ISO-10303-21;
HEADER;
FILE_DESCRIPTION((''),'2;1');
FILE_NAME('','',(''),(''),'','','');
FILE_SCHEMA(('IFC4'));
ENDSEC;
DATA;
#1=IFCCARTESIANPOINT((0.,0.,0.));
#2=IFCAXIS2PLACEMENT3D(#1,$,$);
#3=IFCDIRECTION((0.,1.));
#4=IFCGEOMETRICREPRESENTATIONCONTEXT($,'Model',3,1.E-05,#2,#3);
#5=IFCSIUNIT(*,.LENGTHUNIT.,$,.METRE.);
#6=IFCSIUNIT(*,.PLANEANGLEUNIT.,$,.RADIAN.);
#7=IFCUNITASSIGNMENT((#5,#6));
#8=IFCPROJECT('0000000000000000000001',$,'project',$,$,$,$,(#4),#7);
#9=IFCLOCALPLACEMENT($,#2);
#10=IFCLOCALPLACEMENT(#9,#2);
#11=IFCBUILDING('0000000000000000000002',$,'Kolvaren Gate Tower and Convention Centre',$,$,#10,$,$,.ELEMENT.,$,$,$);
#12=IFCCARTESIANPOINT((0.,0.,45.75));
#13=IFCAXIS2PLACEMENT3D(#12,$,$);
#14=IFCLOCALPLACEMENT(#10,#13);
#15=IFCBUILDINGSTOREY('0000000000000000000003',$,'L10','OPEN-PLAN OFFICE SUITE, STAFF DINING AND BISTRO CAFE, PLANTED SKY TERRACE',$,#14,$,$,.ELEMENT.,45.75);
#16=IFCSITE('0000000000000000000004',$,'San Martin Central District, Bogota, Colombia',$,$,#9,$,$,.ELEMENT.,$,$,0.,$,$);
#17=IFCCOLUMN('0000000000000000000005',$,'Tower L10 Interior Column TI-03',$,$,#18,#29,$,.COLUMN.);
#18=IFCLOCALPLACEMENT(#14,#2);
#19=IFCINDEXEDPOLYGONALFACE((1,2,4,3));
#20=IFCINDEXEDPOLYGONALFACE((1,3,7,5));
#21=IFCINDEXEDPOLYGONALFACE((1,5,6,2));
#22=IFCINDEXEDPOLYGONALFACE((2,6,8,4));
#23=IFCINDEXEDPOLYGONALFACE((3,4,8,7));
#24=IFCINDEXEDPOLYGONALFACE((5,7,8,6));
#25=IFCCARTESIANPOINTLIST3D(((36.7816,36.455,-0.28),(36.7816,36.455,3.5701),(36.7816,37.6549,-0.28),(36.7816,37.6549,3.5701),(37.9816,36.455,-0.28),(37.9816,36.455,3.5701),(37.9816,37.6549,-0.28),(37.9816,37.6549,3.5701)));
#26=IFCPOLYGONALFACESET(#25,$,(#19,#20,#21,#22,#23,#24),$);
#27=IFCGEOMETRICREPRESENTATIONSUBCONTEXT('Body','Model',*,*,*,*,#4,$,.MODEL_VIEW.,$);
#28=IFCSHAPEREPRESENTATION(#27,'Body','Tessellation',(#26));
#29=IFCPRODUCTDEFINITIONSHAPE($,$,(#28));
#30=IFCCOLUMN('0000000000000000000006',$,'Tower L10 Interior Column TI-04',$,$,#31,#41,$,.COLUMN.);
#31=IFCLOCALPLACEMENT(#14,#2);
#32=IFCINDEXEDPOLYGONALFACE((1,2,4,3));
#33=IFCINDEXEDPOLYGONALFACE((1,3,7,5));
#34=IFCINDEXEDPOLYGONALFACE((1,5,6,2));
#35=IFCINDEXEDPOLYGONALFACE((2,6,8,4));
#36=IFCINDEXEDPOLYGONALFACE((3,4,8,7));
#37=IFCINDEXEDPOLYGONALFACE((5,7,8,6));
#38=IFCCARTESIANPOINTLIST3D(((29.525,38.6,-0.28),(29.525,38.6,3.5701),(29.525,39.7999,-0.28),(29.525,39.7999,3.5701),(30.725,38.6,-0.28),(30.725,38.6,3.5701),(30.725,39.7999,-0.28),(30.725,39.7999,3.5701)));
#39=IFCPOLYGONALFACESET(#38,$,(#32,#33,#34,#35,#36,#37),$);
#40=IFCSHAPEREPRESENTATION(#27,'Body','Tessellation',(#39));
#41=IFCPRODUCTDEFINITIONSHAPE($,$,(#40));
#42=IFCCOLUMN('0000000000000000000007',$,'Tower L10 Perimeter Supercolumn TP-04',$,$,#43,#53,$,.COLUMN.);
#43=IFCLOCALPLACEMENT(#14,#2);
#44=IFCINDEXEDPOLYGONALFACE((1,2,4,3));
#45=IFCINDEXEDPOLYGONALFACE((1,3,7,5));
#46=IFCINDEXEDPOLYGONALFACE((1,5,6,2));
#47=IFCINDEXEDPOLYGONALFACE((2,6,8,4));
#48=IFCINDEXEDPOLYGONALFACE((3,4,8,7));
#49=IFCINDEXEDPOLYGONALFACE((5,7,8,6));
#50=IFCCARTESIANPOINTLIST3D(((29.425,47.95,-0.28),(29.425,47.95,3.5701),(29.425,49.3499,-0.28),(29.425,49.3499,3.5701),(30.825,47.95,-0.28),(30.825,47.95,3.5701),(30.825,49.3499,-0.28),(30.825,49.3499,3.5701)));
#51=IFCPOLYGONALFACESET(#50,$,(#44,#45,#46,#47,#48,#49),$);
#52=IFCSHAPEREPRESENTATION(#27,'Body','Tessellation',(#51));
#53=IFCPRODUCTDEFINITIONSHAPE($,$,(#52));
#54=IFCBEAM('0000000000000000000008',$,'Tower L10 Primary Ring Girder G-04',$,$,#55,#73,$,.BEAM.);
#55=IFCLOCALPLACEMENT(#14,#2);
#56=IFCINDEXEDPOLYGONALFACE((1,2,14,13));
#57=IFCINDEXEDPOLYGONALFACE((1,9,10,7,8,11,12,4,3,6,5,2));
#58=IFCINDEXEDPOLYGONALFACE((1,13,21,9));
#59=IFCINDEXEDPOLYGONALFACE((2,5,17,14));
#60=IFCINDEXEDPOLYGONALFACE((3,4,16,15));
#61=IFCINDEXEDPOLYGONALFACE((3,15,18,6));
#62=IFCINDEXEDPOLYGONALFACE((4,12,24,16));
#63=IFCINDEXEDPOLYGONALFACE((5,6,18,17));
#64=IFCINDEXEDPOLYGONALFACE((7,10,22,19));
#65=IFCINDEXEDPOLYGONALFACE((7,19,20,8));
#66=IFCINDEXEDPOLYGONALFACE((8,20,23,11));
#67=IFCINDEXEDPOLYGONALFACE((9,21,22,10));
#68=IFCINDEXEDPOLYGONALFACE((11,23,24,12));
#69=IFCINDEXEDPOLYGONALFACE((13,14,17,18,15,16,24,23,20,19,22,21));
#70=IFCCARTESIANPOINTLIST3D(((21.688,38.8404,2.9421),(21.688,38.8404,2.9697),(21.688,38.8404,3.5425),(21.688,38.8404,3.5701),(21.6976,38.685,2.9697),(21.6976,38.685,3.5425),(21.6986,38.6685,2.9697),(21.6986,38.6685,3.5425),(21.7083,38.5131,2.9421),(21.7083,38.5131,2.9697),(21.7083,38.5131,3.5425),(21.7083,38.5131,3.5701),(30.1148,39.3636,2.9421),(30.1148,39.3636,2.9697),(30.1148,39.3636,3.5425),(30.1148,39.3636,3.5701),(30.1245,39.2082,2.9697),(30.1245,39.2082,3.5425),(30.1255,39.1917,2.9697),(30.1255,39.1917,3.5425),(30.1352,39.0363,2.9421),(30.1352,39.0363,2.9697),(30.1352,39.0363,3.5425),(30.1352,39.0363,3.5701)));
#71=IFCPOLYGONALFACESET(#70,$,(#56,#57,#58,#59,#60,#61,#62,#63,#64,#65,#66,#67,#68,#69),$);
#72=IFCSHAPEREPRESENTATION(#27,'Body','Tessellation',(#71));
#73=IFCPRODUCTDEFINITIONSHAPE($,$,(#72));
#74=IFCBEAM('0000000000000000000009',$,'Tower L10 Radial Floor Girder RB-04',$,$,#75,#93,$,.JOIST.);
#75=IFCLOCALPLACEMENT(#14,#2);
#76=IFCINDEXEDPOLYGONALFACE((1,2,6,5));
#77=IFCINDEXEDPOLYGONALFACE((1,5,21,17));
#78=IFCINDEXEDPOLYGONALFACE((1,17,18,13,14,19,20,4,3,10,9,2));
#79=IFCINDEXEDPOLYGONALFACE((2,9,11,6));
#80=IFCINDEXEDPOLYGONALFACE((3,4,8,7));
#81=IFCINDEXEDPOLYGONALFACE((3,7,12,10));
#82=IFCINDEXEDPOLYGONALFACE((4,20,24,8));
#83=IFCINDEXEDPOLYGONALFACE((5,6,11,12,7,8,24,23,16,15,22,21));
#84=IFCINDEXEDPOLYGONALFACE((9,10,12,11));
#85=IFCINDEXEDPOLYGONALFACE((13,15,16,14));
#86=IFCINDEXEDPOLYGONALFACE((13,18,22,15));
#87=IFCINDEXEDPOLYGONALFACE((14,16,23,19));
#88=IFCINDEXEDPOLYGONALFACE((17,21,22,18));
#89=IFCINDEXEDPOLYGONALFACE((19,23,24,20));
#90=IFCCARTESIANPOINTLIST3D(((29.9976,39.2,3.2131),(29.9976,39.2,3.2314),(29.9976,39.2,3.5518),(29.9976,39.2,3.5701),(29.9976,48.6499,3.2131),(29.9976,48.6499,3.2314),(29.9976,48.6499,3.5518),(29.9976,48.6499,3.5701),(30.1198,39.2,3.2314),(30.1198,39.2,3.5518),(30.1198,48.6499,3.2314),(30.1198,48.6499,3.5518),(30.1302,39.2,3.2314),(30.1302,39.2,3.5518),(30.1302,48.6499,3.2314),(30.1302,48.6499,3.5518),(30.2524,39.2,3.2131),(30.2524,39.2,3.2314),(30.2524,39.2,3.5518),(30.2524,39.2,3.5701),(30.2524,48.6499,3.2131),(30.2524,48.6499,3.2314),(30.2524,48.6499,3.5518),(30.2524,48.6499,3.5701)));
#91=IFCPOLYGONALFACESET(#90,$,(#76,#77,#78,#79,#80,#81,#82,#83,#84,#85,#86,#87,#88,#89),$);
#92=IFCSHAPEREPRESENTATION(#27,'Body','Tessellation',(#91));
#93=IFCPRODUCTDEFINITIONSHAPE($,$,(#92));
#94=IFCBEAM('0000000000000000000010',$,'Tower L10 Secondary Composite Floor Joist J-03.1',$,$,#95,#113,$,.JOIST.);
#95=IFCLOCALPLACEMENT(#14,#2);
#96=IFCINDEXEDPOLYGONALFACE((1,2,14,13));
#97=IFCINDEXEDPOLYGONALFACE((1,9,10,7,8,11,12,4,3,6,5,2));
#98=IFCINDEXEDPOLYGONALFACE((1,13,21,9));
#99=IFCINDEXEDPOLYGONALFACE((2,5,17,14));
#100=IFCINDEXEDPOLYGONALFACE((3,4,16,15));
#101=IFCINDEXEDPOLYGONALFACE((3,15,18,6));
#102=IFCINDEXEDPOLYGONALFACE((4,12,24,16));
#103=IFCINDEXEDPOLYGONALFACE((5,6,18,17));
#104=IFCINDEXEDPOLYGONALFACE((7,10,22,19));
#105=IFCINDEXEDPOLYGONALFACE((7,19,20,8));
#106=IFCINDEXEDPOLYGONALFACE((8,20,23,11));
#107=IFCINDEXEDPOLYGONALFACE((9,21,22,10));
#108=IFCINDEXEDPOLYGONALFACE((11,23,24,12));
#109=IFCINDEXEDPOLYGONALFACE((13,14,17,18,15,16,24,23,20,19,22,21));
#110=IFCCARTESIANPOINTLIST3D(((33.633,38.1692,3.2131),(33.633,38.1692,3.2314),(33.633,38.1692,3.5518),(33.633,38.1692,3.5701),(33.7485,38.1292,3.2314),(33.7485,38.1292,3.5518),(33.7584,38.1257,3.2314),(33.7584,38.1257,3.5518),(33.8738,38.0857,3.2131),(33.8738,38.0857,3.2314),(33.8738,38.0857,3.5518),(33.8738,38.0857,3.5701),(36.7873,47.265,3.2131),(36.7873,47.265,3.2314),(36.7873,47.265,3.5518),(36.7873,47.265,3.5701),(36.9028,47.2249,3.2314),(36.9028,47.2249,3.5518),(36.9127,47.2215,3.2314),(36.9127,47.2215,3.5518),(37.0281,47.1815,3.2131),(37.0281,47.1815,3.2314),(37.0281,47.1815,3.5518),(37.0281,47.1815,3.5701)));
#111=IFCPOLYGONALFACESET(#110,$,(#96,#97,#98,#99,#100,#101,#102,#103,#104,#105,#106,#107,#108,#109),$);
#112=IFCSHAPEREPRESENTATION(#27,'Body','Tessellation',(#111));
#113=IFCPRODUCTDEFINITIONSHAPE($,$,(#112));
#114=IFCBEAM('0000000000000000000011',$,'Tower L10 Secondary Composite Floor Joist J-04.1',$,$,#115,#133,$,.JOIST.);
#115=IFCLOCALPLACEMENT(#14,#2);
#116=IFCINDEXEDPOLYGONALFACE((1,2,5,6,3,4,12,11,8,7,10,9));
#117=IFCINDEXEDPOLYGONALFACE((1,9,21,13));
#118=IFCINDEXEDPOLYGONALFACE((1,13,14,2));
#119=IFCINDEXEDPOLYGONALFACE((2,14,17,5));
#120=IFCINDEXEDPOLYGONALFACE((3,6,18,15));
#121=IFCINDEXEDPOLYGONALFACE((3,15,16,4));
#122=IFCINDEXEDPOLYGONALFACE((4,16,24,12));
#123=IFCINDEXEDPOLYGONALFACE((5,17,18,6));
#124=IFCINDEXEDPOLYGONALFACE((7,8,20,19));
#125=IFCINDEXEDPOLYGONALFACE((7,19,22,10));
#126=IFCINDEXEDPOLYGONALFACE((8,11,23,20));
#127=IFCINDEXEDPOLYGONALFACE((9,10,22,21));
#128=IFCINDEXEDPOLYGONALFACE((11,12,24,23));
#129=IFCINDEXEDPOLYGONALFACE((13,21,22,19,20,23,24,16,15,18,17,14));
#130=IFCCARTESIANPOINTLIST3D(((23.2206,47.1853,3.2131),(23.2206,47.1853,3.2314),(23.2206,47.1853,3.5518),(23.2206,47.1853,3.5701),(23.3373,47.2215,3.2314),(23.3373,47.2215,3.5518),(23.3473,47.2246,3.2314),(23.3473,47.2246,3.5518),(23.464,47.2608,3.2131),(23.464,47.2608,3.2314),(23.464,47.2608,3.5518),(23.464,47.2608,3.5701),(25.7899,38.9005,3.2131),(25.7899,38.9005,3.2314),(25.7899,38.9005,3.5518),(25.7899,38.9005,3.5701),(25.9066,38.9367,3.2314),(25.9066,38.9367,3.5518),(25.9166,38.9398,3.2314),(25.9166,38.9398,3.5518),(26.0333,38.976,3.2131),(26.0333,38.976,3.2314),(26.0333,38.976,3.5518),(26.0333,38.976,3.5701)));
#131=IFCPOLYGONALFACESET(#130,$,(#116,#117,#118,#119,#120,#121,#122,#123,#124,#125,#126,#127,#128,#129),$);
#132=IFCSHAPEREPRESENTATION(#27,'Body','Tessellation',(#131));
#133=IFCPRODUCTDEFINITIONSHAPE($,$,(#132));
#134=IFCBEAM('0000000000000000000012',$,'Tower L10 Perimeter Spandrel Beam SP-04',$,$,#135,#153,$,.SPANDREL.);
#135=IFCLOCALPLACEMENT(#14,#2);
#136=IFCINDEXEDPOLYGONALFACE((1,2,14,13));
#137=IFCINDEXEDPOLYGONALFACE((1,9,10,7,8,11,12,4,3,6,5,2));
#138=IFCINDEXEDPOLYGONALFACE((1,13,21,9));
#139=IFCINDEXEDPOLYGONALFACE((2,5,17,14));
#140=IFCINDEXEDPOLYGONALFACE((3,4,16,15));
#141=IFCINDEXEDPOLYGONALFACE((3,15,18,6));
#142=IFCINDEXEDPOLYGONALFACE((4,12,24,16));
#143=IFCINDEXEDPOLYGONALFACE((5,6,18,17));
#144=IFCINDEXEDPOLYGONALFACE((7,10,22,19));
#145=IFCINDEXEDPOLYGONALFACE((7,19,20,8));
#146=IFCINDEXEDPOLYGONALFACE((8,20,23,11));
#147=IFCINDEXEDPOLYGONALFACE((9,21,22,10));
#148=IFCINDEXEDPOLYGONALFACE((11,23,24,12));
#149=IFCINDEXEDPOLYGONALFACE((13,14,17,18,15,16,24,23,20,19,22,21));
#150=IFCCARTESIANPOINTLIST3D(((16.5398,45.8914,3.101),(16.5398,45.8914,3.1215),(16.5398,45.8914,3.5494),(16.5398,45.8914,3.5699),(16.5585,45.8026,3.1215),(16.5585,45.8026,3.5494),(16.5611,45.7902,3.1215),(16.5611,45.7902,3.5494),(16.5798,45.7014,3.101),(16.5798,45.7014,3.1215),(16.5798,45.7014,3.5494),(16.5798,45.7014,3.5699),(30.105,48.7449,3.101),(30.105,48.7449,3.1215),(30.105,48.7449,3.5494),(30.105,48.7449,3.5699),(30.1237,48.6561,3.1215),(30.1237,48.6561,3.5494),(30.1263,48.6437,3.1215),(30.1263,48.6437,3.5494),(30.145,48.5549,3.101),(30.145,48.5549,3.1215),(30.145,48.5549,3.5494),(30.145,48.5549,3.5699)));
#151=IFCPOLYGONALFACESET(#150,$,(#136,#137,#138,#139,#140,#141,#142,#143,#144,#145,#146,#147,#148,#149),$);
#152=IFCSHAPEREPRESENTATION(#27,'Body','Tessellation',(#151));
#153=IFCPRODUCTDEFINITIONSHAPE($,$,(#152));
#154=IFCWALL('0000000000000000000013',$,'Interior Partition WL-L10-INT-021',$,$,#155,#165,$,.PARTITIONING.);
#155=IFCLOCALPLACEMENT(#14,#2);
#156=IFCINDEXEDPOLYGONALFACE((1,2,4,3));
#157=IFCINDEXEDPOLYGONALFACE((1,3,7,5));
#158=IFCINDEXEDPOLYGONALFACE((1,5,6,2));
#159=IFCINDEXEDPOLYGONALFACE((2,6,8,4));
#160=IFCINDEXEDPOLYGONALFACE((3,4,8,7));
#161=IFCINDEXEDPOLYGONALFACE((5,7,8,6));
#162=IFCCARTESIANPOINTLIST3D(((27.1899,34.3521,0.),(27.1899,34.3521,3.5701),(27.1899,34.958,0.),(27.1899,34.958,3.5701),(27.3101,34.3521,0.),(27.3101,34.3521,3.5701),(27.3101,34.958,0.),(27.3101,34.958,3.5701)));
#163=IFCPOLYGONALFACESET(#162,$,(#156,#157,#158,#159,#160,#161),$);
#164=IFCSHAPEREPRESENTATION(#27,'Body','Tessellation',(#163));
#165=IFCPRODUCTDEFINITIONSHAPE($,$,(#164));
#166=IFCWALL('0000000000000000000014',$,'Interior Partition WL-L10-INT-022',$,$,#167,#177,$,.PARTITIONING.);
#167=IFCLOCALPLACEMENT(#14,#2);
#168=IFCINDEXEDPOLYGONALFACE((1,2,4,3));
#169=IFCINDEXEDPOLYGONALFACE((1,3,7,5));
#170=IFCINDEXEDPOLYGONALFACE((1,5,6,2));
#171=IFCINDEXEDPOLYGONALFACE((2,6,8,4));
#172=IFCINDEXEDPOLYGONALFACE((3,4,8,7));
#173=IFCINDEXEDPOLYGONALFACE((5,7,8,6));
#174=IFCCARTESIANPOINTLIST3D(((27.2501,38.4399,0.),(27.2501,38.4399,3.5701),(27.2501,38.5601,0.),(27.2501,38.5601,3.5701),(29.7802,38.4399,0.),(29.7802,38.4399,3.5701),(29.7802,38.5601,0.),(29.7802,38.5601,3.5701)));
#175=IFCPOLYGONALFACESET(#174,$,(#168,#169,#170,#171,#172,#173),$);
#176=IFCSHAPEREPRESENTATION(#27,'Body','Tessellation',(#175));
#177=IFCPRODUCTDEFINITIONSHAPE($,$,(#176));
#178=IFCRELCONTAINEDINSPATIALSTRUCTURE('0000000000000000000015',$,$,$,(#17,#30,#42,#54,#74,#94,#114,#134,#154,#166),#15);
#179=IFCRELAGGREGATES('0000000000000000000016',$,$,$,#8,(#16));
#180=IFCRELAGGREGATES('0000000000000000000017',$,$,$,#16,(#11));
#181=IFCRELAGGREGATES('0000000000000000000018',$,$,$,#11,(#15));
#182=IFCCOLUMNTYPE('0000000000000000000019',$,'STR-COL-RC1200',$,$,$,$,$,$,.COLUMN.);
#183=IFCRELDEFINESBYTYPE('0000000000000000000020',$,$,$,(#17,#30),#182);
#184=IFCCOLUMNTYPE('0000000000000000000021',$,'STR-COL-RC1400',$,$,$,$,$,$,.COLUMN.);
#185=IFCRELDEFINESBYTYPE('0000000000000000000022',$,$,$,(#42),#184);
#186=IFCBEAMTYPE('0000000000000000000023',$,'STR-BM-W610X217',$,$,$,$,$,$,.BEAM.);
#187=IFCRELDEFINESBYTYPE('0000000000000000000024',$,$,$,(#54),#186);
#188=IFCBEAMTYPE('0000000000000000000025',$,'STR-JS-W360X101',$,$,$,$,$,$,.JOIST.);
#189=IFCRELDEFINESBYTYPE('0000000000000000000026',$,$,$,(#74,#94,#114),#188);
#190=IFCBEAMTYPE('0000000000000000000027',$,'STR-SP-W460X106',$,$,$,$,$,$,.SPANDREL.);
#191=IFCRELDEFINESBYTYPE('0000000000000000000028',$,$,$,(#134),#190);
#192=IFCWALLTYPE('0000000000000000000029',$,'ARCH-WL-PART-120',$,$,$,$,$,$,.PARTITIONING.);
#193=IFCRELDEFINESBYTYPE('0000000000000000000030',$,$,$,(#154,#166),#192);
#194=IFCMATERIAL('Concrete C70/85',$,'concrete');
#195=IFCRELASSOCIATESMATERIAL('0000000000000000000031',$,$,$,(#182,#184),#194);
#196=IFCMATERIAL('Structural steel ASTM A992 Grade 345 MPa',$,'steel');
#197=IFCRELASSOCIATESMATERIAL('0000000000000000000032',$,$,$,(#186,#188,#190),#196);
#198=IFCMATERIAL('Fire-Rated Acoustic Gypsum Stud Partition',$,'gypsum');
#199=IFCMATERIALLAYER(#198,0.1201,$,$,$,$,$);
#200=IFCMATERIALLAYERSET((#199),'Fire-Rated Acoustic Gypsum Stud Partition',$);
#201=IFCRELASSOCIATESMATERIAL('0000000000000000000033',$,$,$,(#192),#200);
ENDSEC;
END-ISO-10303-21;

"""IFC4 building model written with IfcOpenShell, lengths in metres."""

from ifc_helpers import new_model, si_unit, direction, frame, frame_2d, origin, origin_2d, place, context, subcontext, project, spatial, rectangle, i_section, extrude, material, layer, layer_set, material_profile, profile_set, type_object, element, save


model = new_model("IFC4")

# Units and contexts
model_context = context("Model", 3, precision=1e-05, world=origin(), true_north=direction((0.0, 1.0)))
body_context = subcontext(model_context, "Body", "Model", "MODEL_VIEW")
ifc_project = project(units=[si_unit("LENGTHUNIT", "METRE"), si_unit("PLANEANGLEUNIT", "RADIAN")], contexts=[model_context])

# Site, building, storey
site_placement = place(None, origin())
site = spatial("IfcSite", under=ifc_project, at=site_placement, Name="San Martin Central District, Bogota, Colombia", CompositionType="ELEMENT", RefElevation=0.0)
building_placement = place(site_placement, origin())
building = spatial("IfcBuilding", under=site, at=building_placement, Name="Kolvaren Gate Tower and Convention Centre", CompositionType="ELEMENT")
storey_placement = place(building_placement, frame((0.0, 0.0, 45.75)))
storey = spatial("IfcBuildingStorey", under=building, at=storey_placement, Name="L10", Description="OPEN-PLAN OFFICE SUITE, STAFF DINING AND BISTRO CAFE, PLANTED SKY TERRACE", CompositionType="ELEMENT", Elevation=45.75)

# Columns
ifc_material_1 = material(Name="Concrete C70/85", Category="concrete")
ifc_material_profile_1 = material_profile(ifc_material_1, rectangle(XDim=1.2, YDim=1.2, at=origin_2d()), Name="RC-COL-1200X1200")
ifc_profile_set_1 = profile_set([ifc_material_profile_1], Name="Concrete C70/85")
column_type_1 = type_object("IfcColumnType", Name="STR-COL-RC1200", PredefinedType="COLUMN", material=ifc_profile_set_1)
for number, where, z_axis, x_axis, name in (
    (1, (37.3816, 37.0549, -0.28), (0.0, 0.0, 1.0), (1.0, 0.0, 0.0), "Tower L10 Interior Column TI-03"),
    (2, (30.125, 39.2, -0.28), (0.0, 0.0, 1.0), (1.0, 0.0, 0.0), "Tower L10 Interior Column TI-04"),
):
    element("IfcColumn", number, at=place(storey_placement, frame(where, z_axis=z_axis, x_axis=x_axis)), inside=storey, type_object=column_type_1, Name=name, PredefinedType="COLUMN", context=body_context, shape_type="SweptSolid", body=[
        extrude(rectangle(XDim=1.2, YDim=1.2, at=origin_2d()), origin(), (0.0, 0.0, 1.0), 3.8501),
    ])
ifc_material_profile_2 = material_profile(ifc_material_1, rectangle(XDim=1.3999, YDim=1.3999, at=origin_2d()), Name="RC-COL-1400X1400")
ifc_profile_set_2 = profile_set([ifc_material_profile_2], Name="Concrete C70/85")
column_type_2 = type_object("IfcColumnType", Name="STR-COL-RC1400", PredefinedType="COLUMN", material=ifc_profile_set_2)
column_placement = place(storey_placement, frame((30.125, 48.6499, -0.28), z_axis=(0.0, 0.0, 1.0), x_axis=(1.0, 0.0, 0.0)))
element("IfcColumn", 3, at=column_placement, inside=storey, type_object=column_type_2, Name="Tower L10 Perimeter Supercolumn TP-04", PredefinedType="COLUMN", context=body_context, shape_type="SweptSolid", body=[
    extrude(rectangle(XDim=1.3999, YDim=1.3999, at=origin_2d()), origin(), (0.0, 0.0, 1.0), 3.8501),
])

# Beams
ifc_material_2 = material(Name="Structural steel ASTM A992 Grade 345 MPa", Category="steel")
ifc_material_profile_3 = material_profile(ifc_material_2, i_section(OverallWidth=0.3279, OverallDepth=0.6279, WebThickness=0.0166, FlangeThickness=0.0276, at=origin_2d()), Name="W610X217")
ifc_profile_set_3 = profile_set([ifc_material_profile_3], Name="Structural steel ASTM A992 Grade 345 MPa")
beam_type_1 = type_object("IfcBeamType", Name="STR-BM-W610X217", PredefinedType="BEAM", material=ifc_profile_set_3)
beam_1_placement = place(storey_placement, frame((30.125, 39.2, 3.2561), z_axis=(-0.998078, -0.061966, 0.0), x_axis=(0.061966, -0.998078, 0.0)))
element("IfcBeam", 4, at=beam_1_placement, inside=storey, type_object=beam_type_1, Name="Tower L10 Primary Ring Girder G-04", PredefinedType="BEAM", context=body_context, shape_type="SweptSolid", body=[
    extrude(i_section(OverallWidth=0.3279, OverallDepth=0.6279, WebThickness=0.0166, FlangeThickness=0.0276, at=origin_2d()), origin(), (0.0, 0.0, 1.0), 8.4431),
])
ifc_material_profile_4 = material_profile(ifc_material_2, i_section(OverallWidth=0.2549, OverallDepth=0.3569, WebThickness=0.0105, FlangeThickness=0.0183, at=origin_2d()), Name="W360X101")
ifc_profile_set_4 = profile_set([ifc_material_profile_4], Name="Structural steel ASTM A992 Grade 345 MPa")
beam_type_2 = type_object("IfcBeamType", Name="STR-JS-W360X101", PredefinedType="JOIST", material=ifc_profile_set_4)
beam_2_placement = place(storey_placement, frame((30.125, 39.2, 3.3916), z_axis=(0.0, 1.0, 0.0), x_axis=(-1.0, 0.0, 0.0)))
element("IfcBeam", 5, at=beam_2_placement, inside=storey, type_object=beam_type_2, Name="Tower L10 Radial Floor Girder RB-04", PredefinedType="JOIST", context=body_context, shape_type="SweptSolid", body=[
    extrude(i_section(OverallWidth=0.2549, OverallDepth=0.3569, WebThickness=0.0105, FlangeThickness=0.0183, at=origin_2d()), origin(), (0.0, 0.0, 1.0), 9.45),
])
beam_3_placement = place(storey_placement, frame((33.7534, 38.1274, 3.3916), z_axis=(0.327647, 0.9448, 0.0), x_axis=(-0.9448, 0.327647, 0.0)))
element("IfcBeam", 6, at=beam_3_placement, inside=storey, type_object=beam_type_2, Name="Tower L10 Secondary Composite Floor Joist J-03.1", PredefinedType="JOIST", context=body_context, shape_type="SweptSolid", body=[
    extrude(i_section(OverallWidth=0.2549, OverallDepth=0.3569, WebThickness=0.0105, FlangeThickness=0.0183, at=origin_2d()), origin(), (0.0, 0.0, 1.0), 9.6272),
])
beam_4_placement = place(storey_placement, frame((25.9116, 38.9382, 3.3916), z_axis=(-0.296205, 0.955124, 0.0), x_axis=(-0.955124, -0.296205, 0.0)))
element("IfcBeam", 7, at=beam_4_placement, inside=storey, type_object=beam_type_2, Name="Tower L10 Secondary Composite Floor Joist J-04.1", PredefinedType="JOIST", context=body_context, shape_type="SweptSolid", body=[
    extrude(i_section(OverallWidth=0.2549, OverallDepth=0.3569, WebThickness=0.0105, FlangeThickness=0.0183, at=origin_2d()), origin(), (0.0, 0.0, 1.0), 8.6741),
])
ifc_material_profile_5 = material_profile(ifc_material_2, i_section(OverallWidth=0.1941, OverallDepth=0.469, WebThickness=0.0127, FlangeThickness=0.0205, at=origin_2d()), Name="W460X106")
ifc_profile_set_5 = profile_set([ifc_material_profile_5], Name="Structural steel ASTM A992 Grade 345 MPa")
beam_type_3 = type_object("IfcBeamType", Name="STR-SP-W460X106", PredefinedType="SPANDREL", material=ifc_profile_set_5)
beam_5_placement = place(storey_placement, frame((30.125, 48.6499, 3.3354), z_axis=(-0.978583, -0.205851, 0.0), x_axis=(0.205851, -0.978583, 0.0)))
element("IfcBeam", 8, at=beam_5_placement, inside=storey, type_object=beam_type_3, Name="Tower L10 Perimeter Spandrel Beam SP-04", PredefinedType="SPANDREL", context=body_context, shape_type="SweptSolid", body=[
    extrude(i_section(OverallWidth=0.1941, OverallDepth=0.469, WebThickness=0.0127, FlangeThickness=0.0205, at=origin_2d()), origin(), (0.0, 0.0, 1.0), 13.8621),
])

# Walls
ifc_material_3 = material(Name="Fire-Rated Acoustic Gypsum Stud Partition", Category="gypsum")
ifc_layer_1 = layer(ifc_material_3, 0.1201)
ifc_layer_set_1 = layer_set([ifc_layer_1], Name="Fire-Rated Acoustic Gypsum Stud Partition")
wall_type_1 = type_object("IfcWallType", Name="ARCH-WL-PART-120", PredefinedType="PARTITIONING", material=ifc_layer_set_1)
wall_1_placement = place(storey_placement, frame((27.25, 34.3521, 0.0), z_axis=(0.0, 0.0, 1.0), x_axis=(0.0, 1.0, 0.0)))
element("IfcWall", 9, at=wall_1_placement, inside=storey, type_object=wall_type_1, Name="Interior Partition WL-L10-INT-021", PredefinedType="PARTITIONING", context=body_context, shape_type="SweptSolid", body=[
    extrude(rectangle(XDim=0.606, YDim=0.1201, at=frame_2d((0.303, 0.0))), origin(), (0.0, 0.0, 1.0), 3.5701),
])
wall_2_placement = place(storey_placement, frame((27.25, 38.5, 0.0), z_axis=(0.0, 0.0, 1.0), x_axis=(1.0, 0.0, 0.0)))
element("IfcWall", 10, at=wall_2_placement, inside=storey, type_object=wall_type_1, Name="Interior Partition WL-L10-INT-022", PredefinedType="PARTITIONING", context=body_context, shape_type="SweptSolid", body=[
    extrude(rectangle(XDim=2.53, YDim=0.1201, at=frame_2d((1.2651, 0.0))), origin(), (0.0, 0.0, 1.0), 3.5701),
])

save(model, "model.ifc")
